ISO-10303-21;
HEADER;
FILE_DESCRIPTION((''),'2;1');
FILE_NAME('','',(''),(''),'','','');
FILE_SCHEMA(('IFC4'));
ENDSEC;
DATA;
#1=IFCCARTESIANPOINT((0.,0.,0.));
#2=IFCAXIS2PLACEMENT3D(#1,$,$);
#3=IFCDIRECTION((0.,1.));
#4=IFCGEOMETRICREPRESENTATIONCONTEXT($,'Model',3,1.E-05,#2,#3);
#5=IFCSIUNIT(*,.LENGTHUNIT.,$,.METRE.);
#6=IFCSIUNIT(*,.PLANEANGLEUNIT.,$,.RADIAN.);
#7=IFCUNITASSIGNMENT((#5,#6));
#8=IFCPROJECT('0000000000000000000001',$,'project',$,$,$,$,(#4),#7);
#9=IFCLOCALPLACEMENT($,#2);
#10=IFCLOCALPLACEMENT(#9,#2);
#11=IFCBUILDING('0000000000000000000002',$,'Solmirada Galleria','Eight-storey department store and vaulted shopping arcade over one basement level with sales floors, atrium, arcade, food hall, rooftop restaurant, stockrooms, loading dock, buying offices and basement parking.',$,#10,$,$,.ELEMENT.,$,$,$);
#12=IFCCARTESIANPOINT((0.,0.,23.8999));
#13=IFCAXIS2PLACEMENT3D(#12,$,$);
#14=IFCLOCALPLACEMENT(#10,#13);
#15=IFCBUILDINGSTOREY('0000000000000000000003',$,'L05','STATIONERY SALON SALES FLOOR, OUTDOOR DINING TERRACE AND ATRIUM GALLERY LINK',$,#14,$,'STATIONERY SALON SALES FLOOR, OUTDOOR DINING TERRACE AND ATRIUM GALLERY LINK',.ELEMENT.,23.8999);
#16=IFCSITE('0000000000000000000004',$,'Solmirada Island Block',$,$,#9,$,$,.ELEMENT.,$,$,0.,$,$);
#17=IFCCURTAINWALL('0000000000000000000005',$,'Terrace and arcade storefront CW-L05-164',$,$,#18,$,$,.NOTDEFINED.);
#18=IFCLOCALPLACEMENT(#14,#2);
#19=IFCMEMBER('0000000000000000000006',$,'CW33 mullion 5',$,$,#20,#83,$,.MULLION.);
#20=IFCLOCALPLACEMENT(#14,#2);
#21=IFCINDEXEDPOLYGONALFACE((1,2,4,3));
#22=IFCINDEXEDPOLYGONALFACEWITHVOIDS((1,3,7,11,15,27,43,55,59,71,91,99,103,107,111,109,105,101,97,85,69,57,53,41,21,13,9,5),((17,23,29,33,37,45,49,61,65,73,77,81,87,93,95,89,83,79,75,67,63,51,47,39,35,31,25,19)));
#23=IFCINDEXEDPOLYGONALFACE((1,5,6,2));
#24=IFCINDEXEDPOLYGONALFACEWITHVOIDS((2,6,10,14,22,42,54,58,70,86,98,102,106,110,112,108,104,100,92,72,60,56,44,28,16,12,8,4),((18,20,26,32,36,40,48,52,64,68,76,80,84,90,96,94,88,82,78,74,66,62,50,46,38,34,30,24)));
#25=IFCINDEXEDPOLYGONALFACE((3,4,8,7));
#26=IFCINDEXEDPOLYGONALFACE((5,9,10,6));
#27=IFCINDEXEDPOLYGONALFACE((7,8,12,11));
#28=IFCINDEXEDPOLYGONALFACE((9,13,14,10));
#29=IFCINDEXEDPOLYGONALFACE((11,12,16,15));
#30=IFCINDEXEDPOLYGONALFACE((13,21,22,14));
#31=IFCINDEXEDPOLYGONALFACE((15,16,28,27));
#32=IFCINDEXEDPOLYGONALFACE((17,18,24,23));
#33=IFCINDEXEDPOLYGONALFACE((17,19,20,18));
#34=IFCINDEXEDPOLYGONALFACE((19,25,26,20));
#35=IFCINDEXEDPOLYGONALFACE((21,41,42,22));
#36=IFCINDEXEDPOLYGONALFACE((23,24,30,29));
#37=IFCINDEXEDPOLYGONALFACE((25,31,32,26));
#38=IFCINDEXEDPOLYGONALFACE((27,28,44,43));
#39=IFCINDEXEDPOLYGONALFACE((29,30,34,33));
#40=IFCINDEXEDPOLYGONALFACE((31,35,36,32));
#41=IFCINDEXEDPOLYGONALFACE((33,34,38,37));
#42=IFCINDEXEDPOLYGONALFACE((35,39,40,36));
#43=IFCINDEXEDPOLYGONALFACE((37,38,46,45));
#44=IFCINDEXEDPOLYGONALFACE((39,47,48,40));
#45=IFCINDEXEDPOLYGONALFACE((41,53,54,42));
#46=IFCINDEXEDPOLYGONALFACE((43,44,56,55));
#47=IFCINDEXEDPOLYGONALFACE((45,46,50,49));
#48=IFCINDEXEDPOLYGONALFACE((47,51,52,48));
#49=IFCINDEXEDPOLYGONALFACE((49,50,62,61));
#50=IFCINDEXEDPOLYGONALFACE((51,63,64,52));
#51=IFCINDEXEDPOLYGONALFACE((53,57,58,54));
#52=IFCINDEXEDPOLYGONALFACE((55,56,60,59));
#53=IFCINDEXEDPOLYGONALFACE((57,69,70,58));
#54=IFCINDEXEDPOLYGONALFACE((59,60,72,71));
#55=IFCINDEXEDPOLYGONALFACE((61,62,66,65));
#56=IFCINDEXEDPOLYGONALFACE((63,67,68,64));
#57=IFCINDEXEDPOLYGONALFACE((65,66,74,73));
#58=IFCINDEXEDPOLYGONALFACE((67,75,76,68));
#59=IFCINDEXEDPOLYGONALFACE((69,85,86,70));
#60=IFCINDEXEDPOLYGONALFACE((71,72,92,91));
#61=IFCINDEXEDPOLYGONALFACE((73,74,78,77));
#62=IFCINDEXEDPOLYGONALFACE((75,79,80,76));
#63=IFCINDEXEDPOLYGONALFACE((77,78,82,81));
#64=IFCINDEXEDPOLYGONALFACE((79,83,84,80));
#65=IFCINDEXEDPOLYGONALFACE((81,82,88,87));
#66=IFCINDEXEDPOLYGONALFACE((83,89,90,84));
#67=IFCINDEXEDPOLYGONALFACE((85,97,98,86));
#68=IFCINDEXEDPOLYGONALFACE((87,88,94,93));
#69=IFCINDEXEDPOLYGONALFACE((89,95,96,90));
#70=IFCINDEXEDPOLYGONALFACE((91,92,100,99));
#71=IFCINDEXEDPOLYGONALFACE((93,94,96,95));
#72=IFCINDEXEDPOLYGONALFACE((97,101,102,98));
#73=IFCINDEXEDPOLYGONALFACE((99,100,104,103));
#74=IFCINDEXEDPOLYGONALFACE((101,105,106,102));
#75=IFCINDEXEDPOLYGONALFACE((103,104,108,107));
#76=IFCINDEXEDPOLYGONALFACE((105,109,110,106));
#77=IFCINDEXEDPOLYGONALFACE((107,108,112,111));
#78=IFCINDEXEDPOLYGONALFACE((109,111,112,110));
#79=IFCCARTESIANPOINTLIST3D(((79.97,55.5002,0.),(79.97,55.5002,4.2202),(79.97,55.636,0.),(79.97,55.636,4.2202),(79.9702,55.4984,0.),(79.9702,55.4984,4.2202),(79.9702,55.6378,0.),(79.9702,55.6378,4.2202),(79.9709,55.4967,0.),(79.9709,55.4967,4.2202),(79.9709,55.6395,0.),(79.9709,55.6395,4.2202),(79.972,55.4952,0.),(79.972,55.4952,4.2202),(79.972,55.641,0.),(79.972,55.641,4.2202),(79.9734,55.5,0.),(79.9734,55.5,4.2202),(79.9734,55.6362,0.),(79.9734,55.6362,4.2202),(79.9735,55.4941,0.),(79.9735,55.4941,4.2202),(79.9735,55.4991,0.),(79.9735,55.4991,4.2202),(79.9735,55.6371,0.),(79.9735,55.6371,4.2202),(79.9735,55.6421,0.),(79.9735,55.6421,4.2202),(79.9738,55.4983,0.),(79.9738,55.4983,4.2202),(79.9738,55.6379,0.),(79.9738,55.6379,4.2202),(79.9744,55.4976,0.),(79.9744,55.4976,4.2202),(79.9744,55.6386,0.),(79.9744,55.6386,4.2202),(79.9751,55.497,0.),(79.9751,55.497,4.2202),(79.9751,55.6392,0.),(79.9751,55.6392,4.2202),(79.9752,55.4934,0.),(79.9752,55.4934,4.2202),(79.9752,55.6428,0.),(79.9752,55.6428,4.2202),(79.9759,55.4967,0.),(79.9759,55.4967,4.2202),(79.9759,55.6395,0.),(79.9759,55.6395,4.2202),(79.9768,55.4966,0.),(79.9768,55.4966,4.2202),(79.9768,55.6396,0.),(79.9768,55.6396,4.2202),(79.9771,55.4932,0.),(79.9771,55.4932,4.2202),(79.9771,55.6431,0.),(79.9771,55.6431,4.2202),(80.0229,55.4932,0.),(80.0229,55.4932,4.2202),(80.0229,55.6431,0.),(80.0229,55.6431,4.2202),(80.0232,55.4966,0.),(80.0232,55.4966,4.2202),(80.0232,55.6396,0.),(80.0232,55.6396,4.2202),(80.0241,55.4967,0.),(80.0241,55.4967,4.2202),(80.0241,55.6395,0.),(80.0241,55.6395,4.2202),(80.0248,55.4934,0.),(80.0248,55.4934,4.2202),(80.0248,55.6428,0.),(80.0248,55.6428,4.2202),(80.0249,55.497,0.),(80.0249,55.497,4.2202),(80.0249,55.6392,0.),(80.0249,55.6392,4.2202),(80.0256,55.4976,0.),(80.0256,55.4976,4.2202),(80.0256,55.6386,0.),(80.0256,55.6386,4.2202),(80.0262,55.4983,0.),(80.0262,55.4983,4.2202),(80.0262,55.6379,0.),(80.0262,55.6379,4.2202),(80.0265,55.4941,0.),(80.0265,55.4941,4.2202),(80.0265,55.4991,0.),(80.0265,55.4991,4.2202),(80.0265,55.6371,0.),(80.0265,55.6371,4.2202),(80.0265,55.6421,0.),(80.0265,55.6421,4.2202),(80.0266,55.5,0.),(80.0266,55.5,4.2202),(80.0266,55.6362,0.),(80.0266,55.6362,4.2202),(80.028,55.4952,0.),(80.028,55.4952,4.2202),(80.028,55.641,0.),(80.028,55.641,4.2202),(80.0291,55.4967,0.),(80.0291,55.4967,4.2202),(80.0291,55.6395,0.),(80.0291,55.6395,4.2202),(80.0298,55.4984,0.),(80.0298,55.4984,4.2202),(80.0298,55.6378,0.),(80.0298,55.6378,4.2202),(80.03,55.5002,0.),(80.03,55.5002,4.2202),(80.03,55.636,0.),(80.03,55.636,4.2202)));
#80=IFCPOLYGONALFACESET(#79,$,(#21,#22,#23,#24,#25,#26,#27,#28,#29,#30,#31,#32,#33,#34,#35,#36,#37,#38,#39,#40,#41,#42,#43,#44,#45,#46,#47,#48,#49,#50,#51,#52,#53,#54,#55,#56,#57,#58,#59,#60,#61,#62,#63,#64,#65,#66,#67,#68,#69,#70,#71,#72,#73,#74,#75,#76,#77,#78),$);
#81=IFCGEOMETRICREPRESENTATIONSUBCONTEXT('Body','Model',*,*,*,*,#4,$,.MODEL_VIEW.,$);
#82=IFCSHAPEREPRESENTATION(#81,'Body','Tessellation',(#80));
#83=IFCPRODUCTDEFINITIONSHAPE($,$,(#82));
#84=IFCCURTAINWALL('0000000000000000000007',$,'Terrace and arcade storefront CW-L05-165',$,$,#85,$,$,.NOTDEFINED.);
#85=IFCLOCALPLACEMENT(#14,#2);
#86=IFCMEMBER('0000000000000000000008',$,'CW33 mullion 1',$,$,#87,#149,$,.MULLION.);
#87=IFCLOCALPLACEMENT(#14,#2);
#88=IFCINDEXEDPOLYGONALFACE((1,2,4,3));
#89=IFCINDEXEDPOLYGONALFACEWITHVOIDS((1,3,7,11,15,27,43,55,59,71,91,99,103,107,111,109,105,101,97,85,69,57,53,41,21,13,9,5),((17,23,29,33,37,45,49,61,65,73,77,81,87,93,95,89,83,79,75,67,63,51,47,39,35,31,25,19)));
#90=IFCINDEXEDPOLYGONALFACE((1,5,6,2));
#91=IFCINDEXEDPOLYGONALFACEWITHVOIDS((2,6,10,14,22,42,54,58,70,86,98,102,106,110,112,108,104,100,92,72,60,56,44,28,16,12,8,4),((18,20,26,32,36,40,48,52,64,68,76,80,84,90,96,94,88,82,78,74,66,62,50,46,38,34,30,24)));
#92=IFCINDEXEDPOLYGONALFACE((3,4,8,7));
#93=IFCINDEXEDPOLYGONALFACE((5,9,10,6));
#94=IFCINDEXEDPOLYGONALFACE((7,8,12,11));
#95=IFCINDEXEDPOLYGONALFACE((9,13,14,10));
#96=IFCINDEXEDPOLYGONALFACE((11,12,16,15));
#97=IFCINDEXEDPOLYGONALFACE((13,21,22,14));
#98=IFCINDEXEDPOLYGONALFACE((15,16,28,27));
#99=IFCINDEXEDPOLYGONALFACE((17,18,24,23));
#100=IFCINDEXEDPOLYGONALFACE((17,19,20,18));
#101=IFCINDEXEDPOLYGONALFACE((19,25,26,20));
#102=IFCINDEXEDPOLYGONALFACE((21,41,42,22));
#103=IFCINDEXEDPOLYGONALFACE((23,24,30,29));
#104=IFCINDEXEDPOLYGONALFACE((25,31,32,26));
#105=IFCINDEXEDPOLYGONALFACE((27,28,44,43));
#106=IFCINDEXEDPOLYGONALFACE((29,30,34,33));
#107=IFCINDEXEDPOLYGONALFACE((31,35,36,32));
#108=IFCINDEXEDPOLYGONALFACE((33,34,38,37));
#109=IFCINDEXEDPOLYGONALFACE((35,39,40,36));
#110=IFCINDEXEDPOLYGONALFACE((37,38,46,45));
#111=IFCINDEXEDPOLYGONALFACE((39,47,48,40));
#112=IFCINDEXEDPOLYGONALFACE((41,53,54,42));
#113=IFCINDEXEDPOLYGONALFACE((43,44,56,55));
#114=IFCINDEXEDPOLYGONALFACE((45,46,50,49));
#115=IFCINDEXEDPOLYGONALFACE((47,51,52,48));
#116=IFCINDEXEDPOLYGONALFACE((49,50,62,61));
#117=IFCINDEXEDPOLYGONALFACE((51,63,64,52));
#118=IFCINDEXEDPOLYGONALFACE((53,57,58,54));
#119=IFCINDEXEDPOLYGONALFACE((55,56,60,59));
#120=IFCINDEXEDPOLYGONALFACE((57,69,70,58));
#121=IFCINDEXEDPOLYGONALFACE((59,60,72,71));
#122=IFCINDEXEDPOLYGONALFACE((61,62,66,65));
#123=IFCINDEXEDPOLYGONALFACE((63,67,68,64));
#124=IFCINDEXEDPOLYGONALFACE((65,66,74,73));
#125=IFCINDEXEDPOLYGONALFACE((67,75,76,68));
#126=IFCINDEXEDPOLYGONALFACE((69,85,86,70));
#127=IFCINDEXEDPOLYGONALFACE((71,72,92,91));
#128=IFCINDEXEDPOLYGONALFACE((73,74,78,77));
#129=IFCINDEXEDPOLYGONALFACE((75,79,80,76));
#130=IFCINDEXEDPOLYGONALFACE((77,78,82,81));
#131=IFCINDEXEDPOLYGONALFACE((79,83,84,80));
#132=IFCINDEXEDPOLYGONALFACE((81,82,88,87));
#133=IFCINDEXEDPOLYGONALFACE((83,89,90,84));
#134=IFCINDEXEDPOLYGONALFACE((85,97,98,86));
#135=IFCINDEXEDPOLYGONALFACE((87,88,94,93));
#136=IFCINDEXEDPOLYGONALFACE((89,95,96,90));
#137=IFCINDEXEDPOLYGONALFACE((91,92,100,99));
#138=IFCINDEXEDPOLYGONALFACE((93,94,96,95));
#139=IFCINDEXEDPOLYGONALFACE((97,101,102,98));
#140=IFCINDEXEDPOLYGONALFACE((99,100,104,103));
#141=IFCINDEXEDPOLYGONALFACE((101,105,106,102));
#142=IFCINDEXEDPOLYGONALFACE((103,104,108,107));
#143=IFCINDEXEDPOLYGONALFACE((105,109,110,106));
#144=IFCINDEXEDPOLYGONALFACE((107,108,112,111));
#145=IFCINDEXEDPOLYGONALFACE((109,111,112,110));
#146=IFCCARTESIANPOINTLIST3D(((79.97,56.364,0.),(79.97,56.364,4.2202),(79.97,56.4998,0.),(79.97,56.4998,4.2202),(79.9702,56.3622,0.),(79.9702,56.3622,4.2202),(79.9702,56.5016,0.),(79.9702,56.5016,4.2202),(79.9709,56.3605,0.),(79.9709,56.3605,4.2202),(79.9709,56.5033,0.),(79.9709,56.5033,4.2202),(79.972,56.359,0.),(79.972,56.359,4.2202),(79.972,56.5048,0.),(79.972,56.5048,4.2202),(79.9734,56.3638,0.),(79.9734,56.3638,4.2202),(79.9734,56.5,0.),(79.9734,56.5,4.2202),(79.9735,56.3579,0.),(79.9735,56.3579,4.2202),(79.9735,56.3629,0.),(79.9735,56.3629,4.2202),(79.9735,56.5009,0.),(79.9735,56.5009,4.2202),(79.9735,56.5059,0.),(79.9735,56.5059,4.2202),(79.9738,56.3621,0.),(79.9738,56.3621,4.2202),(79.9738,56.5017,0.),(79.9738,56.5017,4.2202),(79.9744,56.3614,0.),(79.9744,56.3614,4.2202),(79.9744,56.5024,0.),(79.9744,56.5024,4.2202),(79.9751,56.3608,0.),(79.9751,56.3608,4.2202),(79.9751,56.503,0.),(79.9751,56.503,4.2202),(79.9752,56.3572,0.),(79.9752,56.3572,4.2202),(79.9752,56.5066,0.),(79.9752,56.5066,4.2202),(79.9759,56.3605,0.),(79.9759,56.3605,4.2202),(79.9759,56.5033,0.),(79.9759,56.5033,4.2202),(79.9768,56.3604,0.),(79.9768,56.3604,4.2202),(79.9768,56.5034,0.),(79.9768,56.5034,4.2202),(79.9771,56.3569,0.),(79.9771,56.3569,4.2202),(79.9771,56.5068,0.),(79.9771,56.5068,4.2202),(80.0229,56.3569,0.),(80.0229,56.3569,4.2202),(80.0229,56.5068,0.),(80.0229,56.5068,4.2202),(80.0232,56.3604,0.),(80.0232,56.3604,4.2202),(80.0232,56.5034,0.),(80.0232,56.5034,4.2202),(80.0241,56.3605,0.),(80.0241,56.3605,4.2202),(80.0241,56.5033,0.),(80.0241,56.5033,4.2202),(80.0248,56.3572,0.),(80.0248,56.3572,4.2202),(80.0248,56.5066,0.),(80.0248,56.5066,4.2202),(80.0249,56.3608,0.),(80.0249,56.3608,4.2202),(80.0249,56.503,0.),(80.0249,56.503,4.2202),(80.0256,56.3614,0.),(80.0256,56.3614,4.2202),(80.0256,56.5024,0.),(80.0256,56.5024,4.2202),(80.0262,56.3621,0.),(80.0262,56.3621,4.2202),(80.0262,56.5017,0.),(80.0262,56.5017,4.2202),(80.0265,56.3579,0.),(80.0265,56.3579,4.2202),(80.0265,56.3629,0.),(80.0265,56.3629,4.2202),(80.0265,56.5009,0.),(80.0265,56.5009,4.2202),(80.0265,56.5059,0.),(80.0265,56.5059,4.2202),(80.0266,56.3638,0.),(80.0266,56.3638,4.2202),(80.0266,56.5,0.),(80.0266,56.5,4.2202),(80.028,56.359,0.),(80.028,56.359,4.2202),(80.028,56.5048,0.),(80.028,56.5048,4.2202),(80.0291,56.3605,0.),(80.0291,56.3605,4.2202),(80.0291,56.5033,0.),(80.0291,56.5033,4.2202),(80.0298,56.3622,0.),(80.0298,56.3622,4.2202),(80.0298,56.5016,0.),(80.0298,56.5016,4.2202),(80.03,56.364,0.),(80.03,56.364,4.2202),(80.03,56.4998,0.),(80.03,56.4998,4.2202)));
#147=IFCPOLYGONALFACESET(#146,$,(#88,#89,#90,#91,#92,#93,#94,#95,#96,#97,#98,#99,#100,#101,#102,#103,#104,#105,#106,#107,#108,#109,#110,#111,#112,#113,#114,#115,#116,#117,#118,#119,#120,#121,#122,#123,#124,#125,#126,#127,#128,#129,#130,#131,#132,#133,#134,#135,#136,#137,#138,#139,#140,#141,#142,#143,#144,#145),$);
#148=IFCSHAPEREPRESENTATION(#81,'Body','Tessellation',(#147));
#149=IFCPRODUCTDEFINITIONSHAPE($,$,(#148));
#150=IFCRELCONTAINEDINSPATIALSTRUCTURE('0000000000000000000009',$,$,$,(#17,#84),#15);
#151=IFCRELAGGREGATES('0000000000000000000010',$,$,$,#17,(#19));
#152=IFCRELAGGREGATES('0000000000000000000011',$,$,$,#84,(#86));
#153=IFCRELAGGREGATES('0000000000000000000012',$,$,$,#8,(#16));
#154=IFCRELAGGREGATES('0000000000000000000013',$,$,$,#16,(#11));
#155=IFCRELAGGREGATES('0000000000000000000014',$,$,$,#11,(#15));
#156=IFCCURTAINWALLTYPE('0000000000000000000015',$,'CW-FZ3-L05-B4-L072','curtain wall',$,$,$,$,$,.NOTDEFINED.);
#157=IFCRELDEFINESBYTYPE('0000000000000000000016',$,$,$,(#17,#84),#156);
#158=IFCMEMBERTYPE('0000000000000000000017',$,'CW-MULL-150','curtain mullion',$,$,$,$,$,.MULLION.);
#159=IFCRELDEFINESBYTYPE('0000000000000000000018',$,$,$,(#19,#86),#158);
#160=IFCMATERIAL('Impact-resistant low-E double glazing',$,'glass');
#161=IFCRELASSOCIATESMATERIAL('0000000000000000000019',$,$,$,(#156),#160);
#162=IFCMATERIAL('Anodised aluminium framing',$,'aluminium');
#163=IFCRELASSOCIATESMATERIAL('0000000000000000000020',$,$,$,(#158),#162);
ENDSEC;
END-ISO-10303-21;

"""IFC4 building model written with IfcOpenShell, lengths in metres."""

from ifc_helpers import new_model, si_unit, direction, frame, origin, origin_2d, place, context, subcontext, project, spatial, hollow_rectangle, extrude, material, material_profile, profile_set, type_object, element, aggregate, save


model = new_model("IFC4")

# Units and contexts
model_context = context("Model", 3, precision=1e-05, world=origin(), true_north=direction((0.0, 1.0)))
body_context = subcontext(model_context, "Body", "Model", "MODEL_VIEW")
ifc_project = project(units=[si_unit("LENGTHUNIT", "METRE"), si_unit("PLANEANGLEUNIT", "RADIAN")], contexts=[model_context])

# Site, building, storey
site_placement = place(None, origin())
site = spatial("IfcSite", under=ifc_project, at=site_placement, Name="Solmirada Island Block", CompositionType="ELEMENT", RefElevation=0.0)
building_placement = place(site_placement, origin())
building = spatial("IfcBuilding", under=site, at=building_placement, Name="Solmirada Galleria", Description="Eight-storey department store and vaulted shopping arcade over one basement level with sales floors, atrium, arcade, food hall, rooftop restaurant, stockrooms, loading dock, buying offices and basement parking.", CompositionType="ELEMENT")
storey_placement = place(building_placement, frame((0.0, 0.0, 23.8999)))
storey = spatial("IfcBuildingStorey", under=building, at=storey_placement, Name="L05", Description="STATIONERY SALON SALES FLOOR, OUTDOOR DINING TERRACE AND ATRIUM GALLERY LINK", LongName="STATIONERY SALON SALES FLOOR, OUTDOOR DINING TERRACE AND ATRIUM GALLERY LINK", CompositionType="ELEMENT", Elevation=23.8999)

# Curtain wall, member
ifc_material_1 = material(Name="Impact-resistant low-E double glazing", Category="glass")
curtain_wall_type = type_object("IfcCurtainWallType", Name="CW-FZ3-L05-B4-L072", Description="curtain wall", PredefinedType="NOTDEFINED", material=ifc_material_1)
ifc_material_2 = material(Name="Anodised aluminium framing", Category="aluminium")
ifc_material_profile_1 = material_profile(ifc_material_2, hollow_rectangle(XDim=0.0601, YDim=0.1499, WallThickness=0.0034, InnerFilletRadius=0.0034, OuterFilletRadius=0.0071, at=origin_2d()), Name="ALU-MULL-150X60")
ifc_profile_set_1 = profile_set([ifc_material_profile_1], Name="Anodised aluminium framing")
member_type_1 = type_object("IfcMemberType", Name="CW-MULL-150", Description="curtain mullion", PredefinedType="MULLION", material=ifc_profile_set_1)
curtain_wall_1_placement = place(storey_placement, origin())
curtain_wall_1 = element("IfcCurtainWall", 1, at=curtain_wall_1_placement, inside=storey, type_object=curtain_wall_type, Name="Terrace and arcade storefront CW-L05-164", PredefinedType="NOTDEFINED")
member_1_placement = place(storey_placement, frame((80.0, 55.5681, 0.0), z_axis=(0.0, 0.0, 1.0), x_axis=(-1.0, 0.0, 0.0)))
member_1 = element("IfcMember", 2, at=member_1_placement, type_object=member_type_1, Name="CW33 mullion 5", PredefinedType="MULLION", context=body_context, shape_type="SweptSolid", body=[
    extrude(hollow_rectangle(XDim=0.0601, YDim=0.1499, WallThickness=0.0034, InnerFilletRadius=0.0034, OuterFilletRadius=0.0071, at=origin_2d()), origin(), (0.0, 0.0, 1.0), 4.2202),
])
aggregate(curtain_wall_1, [member_1])

# Curtain wall, member
curtain_wall_2_placement = place(storey_placement, origin())
curtain_wall_2 = element("IfcCurtainWall", 3, at=curtain_wall_2_placement, inside=storey, type_object=curtain_wall_type, Name="Terrace and arcade storefront CW-L05-165", PredefinedType="NOTDEFINED")
member_2_placement = place(storey_placement, frame((80.0, 56.4319, 0.0), z_axis=(0.0, 0.0, 1.0), x_axis=(-1.0, 0.0, 0.0)))
member_2 = element("IfcMember", 4, at=member_2_placement, type_object=member_type_1, Name="CW33 mullion 1", PredefinedType="MULLION", context=body_context, shape_type="SweptSolid", body=[
    extrude(hollow_rectangle(XDim=0.0601, YDim=0.1499, WallThickness=0.0034, InnerFilletRadius=0.0034, OuterFilletRadius=0.0071, at=origin_2d()), origin(), (0.0, 0.0, 1.0), 4.2202),
])
aggregate(curtain_wall_2, [member_2])

save(model, "model.ifc")
